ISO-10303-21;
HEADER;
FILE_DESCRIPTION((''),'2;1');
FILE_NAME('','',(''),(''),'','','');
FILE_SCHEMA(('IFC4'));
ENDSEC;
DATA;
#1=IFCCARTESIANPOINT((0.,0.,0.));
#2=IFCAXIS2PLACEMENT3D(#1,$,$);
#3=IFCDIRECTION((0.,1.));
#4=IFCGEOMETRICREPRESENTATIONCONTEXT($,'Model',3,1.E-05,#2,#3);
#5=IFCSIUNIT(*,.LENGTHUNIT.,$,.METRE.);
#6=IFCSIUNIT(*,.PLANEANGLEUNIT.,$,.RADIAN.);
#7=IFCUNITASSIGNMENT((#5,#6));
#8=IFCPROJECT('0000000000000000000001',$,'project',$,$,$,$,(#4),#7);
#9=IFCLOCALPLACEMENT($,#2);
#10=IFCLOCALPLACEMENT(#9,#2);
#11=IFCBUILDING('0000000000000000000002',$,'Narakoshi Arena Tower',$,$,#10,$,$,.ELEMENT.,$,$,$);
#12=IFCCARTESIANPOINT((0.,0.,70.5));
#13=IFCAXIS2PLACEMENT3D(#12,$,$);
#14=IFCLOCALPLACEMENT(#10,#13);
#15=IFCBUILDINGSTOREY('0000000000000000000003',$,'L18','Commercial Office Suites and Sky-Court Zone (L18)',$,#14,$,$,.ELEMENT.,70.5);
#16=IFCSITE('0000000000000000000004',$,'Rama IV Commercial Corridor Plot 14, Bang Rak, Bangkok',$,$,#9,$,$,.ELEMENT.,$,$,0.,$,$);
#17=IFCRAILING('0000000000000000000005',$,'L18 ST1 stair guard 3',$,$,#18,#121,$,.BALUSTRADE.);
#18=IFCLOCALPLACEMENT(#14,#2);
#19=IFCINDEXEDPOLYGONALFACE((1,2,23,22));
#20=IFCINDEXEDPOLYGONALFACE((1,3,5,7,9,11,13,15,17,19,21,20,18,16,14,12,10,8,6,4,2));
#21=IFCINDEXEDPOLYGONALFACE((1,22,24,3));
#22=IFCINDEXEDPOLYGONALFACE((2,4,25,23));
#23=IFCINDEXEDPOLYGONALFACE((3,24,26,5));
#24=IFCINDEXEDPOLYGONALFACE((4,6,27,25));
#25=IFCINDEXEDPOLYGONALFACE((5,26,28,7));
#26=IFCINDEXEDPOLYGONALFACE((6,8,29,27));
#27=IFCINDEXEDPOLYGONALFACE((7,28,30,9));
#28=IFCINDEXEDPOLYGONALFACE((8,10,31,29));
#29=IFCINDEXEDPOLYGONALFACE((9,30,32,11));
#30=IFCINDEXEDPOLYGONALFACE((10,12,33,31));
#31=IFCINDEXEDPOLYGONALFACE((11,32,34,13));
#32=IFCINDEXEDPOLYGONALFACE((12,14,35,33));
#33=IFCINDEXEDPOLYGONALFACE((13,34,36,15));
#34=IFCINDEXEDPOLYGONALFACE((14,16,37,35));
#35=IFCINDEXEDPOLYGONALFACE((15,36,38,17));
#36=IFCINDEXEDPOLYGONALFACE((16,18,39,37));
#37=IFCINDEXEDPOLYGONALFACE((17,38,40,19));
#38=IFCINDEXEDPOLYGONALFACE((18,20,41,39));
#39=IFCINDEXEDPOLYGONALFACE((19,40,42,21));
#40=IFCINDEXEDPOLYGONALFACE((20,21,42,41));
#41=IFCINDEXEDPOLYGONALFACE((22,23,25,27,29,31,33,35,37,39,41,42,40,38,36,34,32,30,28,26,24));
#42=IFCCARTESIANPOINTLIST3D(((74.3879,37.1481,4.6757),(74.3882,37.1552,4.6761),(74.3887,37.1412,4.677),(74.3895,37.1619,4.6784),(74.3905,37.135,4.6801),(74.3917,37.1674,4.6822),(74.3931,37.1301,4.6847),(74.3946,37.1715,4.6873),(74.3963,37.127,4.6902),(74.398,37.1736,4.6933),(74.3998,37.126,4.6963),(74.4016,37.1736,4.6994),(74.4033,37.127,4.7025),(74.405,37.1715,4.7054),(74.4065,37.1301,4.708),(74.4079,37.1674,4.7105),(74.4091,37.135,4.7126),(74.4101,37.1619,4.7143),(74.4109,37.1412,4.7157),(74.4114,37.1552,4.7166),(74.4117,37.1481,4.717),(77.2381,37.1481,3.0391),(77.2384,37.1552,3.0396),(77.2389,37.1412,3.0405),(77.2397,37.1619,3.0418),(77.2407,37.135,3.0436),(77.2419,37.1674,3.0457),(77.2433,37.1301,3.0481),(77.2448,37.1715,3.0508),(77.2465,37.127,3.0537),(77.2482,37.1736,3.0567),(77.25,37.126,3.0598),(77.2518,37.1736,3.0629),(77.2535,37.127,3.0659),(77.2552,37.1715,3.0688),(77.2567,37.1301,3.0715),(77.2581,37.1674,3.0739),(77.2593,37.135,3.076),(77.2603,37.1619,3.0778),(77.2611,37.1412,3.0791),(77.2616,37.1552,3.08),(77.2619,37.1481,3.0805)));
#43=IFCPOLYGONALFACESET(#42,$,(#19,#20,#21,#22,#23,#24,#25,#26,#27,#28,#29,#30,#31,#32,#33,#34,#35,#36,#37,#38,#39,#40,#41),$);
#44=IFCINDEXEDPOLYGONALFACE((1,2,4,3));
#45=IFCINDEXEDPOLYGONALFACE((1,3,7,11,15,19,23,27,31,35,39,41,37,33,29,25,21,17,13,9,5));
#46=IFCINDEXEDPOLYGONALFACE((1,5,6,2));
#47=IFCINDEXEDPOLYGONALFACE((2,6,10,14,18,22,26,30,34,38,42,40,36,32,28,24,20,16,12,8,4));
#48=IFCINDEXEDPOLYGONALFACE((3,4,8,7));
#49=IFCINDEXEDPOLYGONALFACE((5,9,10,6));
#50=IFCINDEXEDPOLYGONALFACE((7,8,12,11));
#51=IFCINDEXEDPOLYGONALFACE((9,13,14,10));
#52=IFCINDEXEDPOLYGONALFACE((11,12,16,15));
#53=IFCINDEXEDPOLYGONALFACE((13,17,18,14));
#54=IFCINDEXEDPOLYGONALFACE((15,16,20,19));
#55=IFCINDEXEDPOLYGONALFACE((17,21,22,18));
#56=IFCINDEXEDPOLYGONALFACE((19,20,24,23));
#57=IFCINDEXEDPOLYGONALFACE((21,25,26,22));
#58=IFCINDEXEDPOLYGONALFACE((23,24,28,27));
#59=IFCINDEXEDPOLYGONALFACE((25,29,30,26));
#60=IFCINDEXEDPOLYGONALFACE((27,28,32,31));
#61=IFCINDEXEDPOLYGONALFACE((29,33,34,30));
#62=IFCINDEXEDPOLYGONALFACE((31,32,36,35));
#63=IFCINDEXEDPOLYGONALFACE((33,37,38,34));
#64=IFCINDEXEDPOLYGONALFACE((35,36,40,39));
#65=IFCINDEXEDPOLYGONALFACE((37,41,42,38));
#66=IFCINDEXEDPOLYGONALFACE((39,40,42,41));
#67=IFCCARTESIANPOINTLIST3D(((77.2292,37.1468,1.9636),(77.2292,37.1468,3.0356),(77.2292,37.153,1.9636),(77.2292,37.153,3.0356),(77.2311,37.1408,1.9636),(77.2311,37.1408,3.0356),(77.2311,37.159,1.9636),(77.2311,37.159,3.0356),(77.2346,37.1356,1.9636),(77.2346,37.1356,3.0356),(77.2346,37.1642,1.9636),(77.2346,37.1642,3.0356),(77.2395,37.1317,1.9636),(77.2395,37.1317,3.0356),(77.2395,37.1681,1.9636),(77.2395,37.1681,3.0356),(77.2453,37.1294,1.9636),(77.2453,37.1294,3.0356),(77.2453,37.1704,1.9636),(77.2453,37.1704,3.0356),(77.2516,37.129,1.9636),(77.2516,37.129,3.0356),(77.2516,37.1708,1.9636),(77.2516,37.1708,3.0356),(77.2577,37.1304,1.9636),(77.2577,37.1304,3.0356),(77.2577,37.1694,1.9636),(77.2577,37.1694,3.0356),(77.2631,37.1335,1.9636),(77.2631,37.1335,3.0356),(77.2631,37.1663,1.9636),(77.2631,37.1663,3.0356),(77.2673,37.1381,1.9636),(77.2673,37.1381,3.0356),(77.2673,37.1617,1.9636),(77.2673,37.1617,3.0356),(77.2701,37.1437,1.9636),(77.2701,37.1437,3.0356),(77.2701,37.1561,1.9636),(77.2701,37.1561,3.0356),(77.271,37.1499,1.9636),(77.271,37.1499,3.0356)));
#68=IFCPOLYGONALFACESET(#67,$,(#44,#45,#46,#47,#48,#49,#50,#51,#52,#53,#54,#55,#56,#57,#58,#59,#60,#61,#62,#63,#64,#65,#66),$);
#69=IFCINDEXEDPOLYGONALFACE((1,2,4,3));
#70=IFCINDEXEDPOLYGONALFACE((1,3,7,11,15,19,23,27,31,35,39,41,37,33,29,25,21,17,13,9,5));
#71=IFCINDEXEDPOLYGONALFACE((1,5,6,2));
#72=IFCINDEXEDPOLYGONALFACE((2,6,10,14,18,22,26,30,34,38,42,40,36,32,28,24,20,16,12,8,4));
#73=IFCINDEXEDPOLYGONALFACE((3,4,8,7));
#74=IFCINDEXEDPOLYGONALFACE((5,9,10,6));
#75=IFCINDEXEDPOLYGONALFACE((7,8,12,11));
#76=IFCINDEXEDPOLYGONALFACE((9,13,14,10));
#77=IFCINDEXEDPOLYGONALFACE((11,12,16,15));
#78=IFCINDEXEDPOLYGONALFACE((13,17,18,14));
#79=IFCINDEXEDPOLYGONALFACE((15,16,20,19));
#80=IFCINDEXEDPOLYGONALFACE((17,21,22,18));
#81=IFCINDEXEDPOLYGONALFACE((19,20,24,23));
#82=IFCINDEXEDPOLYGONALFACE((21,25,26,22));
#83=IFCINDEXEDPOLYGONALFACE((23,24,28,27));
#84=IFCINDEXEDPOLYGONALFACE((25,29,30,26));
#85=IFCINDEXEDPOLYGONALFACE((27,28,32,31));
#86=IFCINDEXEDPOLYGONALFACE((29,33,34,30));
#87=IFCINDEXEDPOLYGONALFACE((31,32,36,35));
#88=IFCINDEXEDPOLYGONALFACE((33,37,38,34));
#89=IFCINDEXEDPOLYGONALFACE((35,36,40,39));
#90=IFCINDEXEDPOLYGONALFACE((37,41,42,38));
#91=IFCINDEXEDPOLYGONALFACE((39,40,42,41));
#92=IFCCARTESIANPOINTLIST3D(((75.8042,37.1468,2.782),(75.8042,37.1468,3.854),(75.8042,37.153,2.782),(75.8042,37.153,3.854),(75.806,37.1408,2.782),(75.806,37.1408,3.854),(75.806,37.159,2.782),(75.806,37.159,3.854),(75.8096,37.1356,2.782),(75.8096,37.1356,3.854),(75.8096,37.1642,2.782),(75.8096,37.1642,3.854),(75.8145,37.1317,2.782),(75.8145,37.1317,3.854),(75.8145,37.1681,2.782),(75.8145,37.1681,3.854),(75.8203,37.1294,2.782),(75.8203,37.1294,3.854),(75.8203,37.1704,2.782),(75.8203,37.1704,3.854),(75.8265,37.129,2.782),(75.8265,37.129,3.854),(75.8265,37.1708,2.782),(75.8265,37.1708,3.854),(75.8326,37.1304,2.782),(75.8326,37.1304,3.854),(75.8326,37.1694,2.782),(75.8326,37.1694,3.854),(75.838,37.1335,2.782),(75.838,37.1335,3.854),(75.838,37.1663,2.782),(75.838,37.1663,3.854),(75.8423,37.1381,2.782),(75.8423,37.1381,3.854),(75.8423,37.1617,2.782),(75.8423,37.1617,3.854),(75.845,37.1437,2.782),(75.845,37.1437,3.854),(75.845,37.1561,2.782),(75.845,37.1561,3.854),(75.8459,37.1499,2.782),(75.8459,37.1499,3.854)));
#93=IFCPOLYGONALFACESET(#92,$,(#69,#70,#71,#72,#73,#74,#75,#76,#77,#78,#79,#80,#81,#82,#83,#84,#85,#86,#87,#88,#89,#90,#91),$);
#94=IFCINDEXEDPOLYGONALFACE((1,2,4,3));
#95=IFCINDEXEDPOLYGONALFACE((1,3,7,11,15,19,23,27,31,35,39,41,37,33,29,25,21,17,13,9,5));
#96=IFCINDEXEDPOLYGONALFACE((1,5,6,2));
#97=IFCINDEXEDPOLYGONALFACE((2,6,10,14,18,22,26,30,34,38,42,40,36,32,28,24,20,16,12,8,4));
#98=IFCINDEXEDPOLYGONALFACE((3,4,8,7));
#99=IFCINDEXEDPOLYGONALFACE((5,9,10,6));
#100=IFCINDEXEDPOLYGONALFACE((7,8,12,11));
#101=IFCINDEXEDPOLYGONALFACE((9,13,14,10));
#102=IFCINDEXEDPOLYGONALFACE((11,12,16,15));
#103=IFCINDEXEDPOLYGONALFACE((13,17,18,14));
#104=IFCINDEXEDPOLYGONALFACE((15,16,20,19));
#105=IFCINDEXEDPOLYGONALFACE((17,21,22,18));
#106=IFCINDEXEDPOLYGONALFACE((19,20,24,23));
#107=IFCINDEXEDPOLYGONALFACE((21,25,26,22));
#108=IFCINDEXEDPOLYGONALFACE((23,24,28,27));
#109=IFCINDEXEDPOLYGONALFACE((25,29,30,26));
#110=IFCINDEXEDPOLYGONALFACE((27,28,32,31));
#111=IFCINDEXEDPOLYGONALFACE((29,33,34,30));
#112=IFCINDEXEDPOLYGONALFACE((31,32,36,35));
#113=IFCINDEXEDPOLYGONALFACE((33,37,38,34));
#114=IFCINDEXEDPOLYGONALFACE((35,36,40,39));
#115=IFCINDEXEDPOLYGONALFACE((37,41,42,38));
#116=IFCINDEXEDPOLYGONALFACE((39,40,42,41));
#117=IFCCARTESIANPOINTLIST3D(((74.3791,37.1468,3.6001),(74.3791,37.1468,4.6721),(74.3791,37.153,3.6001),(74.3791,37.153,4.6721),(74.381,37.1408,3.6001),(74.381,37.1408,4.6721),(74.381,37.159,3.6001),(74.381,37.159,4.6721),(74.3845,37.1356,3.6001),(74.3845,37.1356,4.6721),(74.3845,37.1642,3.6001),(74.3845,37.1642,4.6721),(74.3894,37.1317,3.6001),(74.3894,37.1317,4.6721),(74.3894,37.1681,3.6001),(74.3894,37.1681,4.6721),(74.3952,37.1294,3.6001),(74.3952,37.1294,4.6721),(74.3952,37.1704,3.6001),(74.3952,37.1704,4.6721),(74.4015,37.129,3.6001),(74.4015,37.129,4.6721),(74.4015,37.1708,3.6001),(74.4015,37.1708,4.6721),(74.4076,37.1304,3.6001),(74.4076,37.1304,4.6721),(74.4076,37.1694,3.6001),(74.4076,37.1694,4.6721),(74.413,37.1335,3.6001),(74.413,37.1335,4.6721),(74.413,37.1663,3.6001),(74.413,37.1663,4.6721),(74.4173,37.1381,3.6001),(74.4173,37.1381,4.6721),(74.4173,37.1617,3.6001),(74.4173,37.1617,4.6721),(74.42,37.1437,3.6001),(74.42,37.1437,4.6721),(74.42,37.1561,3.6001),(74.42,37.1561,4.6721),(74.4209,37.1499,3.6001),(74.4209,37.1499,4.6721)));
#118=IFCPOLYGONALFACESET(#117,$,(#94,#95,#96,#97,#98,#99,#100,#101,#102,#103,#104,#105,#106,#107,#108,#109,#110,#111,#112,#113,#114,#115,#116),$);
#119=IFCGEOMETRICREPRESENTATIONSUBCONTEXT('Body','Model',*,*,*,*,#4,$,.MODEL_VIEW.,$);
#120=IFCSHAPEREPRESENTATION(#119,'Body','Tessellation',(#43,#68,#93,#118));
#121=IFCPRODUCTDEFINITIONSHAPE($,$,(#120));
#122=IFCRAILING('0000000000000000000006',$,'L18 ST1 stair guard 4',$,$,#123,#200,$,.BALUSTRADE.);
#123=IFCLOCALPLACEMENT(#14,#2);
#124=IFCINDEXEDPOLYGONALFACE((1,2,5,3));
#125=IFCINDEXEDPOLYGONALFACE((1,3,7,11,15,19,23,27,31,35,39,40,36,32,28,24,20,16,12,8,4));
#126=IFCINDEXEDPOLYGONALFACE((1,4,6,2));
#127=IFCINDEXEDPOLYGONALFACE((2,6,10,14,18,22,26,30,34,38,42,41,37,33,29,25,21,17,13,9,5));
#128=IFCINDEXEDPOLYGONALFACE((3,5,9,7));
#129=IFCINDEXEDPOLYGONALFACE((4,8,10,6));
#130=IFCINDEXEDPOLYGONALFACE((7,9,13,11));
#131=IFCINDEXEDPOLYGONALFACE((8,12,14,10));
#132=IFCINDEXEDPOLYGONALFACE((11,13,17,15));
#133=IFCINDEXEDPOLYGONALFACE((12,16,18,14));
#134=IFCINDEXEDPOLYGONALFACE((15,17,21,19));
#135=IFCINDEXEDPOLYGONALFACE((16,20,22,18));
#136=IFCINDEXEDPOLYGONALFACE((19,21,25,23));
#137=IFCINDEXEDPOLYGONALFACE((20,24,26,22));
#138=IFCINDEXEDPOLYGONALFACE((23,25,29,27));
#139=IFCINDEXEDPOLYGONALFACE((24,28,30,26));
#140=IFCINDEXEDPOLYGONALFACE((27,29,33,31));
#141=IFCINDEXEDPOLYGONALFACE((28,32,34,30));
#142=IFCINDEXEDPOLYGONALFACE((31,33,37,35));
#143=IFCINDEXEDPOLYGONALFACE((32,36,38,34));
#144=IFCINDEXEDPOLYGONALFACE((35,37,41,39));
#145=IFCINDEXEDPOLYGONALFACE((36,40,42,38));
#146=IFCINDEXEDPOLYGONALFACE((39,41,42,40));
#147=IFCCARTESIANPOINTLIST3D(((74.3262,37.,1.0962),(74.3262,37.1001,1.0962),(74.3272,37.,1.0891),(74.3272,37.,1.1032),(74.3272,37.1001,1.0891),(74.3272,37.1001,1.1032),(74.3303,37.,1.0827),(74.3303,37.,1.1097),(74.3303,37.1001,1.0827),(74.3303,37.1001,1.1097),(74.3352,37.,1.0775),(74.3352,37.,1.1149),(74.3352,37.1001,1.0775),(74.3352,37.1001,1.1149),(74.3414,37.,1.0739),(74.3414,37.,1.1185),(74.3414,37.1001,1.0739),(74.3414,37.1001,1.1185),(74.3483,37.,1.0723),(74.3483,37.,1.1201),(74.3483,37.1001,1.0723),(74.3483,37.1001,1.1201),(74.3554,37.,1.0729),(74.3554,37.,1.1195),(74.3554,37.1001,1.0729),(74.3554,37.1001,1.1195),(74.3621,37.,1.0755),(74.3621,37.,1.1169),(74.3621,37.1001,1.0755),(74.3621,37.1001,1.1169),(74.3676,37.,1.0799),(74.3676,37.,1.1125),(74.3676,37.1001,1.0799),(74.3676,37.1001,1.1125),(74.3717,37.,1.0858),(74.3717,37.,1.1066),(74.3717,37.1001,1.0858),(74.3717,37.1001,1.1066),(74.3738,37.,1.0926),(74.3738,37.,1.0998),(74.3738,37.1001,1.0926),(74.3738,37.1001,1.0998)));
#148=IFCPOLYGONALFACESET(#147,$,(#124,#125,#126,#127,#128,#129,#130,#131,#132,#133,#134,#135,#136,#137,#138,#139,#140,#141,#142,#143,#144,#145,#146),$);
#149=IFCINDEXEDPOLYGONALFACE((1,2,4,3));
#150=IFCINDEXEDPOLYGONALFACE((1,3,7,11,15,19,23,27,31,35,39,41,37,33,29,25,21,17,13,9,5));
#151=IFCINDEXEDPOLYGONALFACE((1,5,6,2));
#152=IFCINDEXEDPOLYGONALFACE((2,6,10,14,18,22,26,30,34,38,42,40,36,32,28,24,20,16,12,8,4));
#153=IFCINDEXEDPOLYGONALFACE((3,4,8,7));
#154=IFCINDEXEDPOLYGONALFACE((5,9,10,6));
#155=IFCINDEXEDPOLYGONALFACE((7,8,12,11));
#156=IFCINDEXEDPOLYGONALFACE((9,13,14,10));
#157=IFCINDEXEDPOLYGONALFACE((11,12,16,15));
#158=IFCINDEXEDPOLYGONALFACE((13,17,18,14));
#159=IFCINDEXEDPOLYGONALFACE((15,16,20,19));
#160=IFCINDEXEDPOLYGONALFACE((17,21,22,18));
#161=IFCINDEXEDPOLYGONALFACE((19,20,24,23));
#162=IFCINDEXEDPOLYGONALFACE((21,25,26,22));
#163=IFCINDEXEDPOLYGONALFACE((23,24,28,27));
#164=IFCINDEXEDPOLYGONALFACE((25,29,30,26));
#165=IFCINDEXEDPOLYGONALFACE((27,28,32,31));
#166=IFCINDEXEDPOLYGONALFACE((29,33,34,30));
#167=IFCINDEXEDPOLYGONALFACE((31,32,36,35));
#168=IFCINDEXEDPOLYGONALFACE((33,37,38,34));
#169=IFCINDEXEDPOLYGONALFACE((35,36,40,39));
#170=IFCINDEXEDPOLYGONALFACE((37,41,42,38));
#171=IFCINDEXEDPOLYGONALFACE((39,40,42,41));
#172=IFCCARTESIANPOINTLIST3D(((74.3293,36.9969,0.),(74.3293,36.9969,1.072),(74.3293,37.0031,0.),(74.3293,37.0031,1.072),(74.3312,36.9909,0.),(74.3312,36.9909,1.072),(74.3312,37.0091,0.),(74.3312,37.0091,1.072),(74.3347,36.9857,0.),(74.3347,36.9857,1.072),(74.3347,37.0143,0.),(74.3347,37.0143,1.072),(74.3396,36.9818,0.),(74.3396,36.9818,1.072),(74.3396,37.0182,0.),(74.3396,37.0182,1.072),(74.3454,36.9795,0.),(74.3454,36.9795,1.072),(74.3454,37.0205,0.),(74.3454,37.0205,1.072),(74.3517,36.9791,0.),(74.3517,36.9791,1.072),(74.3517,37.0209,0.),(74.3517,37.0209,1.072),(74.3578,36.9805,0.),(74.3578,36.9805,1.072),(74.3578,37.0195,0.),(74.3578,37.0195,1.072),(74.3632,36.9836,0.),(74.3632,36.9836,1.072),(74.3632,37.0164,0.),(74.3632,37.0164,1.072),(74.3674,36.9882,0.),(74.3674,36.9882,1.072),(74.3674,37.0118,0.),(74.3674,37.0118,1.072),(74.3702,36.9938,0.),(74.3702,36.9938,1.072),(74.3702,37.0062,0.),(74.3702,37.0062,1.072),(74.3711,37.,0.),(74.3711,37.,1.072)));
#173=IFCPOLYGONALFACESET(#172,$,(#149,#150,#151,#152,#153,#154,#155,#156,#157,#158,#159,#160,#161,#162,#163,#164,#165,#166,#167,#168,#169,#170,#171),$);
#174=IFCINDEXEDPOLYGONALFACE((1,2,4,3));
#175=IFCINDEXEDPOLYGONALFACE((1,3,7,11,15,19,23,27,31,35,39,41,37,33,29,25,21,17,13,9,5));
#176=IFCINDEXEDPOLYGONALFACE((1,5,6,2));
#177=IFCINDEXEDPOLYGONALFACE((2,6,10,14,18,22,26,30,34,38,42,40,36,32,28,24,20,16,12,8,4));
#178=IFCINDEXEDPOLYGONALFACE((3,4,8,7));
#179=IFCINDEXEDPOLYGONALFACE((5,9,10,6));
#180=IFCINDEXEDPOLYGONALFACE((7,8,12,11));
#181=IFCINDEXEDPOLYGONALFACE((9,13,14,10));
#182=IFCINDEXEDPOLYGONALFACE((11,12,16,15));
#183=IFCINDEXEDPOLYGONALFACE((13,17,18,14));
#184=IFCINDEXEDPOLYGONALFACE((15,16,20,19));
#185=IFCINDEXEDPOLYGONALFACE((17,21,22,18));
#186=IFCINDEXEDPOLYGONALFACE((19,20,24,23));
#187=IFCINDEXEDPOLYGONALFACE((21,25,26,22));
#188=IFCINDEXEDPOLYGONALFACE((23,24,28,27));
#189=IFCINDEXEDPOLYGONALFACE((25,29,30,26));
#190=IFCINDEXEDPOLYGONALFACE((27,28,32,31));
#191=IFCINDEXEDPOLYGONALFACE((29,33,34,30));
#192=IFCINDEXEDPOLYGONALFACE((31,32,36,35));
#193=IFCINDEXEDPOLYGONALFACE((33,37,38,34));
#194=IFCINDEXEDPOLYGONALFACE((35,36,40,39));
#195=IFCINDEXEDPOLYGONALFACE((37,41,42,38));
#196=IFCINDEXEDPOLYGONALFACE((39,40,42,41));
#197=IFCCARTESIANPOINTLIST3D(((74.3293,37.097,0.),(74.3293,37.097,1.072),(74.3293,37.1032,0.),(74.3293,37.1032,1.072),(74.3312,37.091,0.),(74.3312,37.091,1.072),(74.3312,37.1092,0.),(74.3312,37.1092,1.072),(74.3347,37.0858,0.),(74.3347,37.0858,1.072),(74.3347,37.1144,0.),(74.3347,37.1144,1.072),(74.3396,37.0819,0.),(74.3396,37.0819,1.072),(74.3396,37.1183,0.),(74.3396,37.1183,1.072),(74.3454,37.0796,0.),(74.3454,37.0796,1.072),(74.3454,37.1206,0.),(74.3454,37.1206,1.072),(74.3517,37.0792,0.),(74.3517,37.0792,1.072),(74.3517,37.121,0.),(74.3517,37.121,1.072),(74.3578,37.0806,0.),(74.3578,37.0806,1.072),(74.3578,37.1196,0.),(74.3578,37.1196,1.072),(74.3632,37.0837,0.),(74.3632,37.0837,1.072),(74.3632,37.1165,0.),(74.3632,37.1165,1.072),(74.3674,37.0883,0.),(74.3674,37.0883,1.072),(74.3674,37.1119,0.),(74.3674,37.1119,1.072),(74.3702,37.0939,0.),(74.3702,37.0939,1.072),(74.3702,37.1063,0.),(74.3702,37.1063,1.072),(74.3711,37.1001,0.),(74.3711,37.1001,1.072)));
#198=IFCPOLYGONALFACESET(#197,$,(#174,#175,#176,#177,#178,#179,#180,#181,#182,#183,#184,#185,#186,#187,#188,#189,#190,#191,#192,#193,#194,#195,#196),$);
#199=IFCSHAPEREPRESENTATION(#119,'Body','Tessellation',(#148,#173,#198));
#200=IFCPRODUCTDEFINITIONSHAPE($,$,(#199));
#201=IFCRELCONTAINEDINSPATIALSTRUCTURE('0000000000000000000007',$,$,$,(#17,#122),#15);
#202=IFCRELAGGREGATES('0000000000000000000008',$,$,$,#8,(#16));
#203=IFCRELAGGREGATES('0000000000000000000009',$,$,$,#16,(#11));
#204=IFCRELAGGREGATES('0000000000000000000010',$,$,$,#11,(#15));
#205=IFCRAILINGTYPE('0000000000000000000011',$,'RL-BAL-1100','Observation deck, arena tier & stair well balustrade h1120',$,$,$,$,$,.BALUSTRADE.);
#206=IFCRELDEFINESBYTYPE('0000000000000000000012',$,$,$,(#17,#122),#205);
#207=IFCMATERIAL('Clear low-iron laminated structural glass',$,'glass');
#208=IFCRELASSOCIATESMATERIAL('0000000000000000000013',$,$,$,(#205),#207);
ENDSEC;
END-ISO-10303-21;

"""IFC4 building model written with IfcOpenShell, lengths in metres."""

from ifc_helpers import new_model, si_unit, direction, frame, origin, origin_2d, place, context, subcontext, project, spatial, circle, extrude, material, type_object, element, save


model = new_model("IFC4")

# Units and contexts
model_context = context("Model", 3, precision=1e-05, world=origin(), true_north=direction((0.0, 1.0)))
body_context = subcontext(model_context, "Body", "Model", "MODEL_VIEW")
ifc_project = project(units=[si_unit("LENGTHUNIT", "METRE"), si_unit("PLANEANGLEUNIT", "RADIAN")], contexts=[model_context])

# Site, building, storey
site_placement = place(None, origin())
site = spatial("IfcSite", under=ifc_project, at=site_placement, Name="Rama IV Commercial Corridor Plot 14, Bang Rak, Bangkok", CompositionType="ELEMENT", RefElevation=0.0)
building_placement = place(site_placement, origin())
building = spatial("IfcBuilding", under=site, at=building_placement, Name="Narakoshi Arena Tower", CompositionType="ELEMENT")
storey_placement = place(building_placement, frame((0.0, 0.0, 70.5)))
storey = spatial("IfcBuildingStorey", under=building, at=storey_placement, Name="L18", Description="Commercial Office Suites and Sky-Court Zone (L18)", CompositionType="ELEMENT", Elevation=70.5)

# Railings
ifc_material_1 = material(Name="Clear low-iron laminated structural glass", Category="glass")
railing_type_1 = type_object("IfcRailingType", Name="RL-BAL-1100", Description="Observation deck, arena tier & stair well balustrade h1120", PredefinedType="BALUSTRADE", material=ifc_material_1)
railing_1_placement = place(storey_placement, frame((77.25, 37.1499, 1.9636)))
element("IfcRailing", 1, at=railing_1_placement, inside=storey, type_object=railing_type_1, Name="L18 ST1 stair guard 3", PredefinedType="BALUSTRADE", context=body_context, shape_type="SweptSolid", body=[
    extrude(circle(Radius=0.0239, at=origin_2d()), frame((0.0, 0.0, 1.0962), z_axis=(-0.867213, 0.0, 0.497938), x_axis=(0.0, -1.0, 0.0)), (0.0, 0.0, 1.0), 3.2866),
    extrude(circle(Radius=0.021, at=origin_2d()), origin(), (0.0, 0.0, 1.0), 1.072),
    extrude(circle(Radius=0.021, at=origin_2d()), frame((-1.425, 0.0, 0.8184)), (0.0, 0.0, 1.0), 1.072),
    extrude(circle(Radius=0.021, at=origin_2d()), frame((-2.8501, 0.0, 1.6365)), (0.0, 0.0, 1.0), 1.072),
])
railing_2_placement = place(storey_placement, frame((74.3501, 37.0, 0.0)))
element("IfcRailing", 2, at=railing_2_placement, inside=storey, type_object=railing_type_1, Name="L18 ST1 stair guard 4", PredefinedType="BALUSTRADE", context=body_context, shape_type="SweptSolid", body=[
    extrude(circle(Radius=0.0239, at=origin_2d()), frame((0.0, 0.0, 1.0962), z_axis=(0.0, 1.0, 0.0), x_axis=(-1.0, 0.0, 0.0)), (0.0, 0.0, 1.0), 0.1001),
    extrude(circle(Radius=0.021, at=origin_2d()), origin(), (0.0, 0.0, 1.0), 1.072),
    extrude(circle(Radius=0.021, at=origin_2d()), frame((0.0, 0.1001, 0.0)), (0.0, 0.0, 1.0), 1.072),
])

save(model, "model.ifc")
